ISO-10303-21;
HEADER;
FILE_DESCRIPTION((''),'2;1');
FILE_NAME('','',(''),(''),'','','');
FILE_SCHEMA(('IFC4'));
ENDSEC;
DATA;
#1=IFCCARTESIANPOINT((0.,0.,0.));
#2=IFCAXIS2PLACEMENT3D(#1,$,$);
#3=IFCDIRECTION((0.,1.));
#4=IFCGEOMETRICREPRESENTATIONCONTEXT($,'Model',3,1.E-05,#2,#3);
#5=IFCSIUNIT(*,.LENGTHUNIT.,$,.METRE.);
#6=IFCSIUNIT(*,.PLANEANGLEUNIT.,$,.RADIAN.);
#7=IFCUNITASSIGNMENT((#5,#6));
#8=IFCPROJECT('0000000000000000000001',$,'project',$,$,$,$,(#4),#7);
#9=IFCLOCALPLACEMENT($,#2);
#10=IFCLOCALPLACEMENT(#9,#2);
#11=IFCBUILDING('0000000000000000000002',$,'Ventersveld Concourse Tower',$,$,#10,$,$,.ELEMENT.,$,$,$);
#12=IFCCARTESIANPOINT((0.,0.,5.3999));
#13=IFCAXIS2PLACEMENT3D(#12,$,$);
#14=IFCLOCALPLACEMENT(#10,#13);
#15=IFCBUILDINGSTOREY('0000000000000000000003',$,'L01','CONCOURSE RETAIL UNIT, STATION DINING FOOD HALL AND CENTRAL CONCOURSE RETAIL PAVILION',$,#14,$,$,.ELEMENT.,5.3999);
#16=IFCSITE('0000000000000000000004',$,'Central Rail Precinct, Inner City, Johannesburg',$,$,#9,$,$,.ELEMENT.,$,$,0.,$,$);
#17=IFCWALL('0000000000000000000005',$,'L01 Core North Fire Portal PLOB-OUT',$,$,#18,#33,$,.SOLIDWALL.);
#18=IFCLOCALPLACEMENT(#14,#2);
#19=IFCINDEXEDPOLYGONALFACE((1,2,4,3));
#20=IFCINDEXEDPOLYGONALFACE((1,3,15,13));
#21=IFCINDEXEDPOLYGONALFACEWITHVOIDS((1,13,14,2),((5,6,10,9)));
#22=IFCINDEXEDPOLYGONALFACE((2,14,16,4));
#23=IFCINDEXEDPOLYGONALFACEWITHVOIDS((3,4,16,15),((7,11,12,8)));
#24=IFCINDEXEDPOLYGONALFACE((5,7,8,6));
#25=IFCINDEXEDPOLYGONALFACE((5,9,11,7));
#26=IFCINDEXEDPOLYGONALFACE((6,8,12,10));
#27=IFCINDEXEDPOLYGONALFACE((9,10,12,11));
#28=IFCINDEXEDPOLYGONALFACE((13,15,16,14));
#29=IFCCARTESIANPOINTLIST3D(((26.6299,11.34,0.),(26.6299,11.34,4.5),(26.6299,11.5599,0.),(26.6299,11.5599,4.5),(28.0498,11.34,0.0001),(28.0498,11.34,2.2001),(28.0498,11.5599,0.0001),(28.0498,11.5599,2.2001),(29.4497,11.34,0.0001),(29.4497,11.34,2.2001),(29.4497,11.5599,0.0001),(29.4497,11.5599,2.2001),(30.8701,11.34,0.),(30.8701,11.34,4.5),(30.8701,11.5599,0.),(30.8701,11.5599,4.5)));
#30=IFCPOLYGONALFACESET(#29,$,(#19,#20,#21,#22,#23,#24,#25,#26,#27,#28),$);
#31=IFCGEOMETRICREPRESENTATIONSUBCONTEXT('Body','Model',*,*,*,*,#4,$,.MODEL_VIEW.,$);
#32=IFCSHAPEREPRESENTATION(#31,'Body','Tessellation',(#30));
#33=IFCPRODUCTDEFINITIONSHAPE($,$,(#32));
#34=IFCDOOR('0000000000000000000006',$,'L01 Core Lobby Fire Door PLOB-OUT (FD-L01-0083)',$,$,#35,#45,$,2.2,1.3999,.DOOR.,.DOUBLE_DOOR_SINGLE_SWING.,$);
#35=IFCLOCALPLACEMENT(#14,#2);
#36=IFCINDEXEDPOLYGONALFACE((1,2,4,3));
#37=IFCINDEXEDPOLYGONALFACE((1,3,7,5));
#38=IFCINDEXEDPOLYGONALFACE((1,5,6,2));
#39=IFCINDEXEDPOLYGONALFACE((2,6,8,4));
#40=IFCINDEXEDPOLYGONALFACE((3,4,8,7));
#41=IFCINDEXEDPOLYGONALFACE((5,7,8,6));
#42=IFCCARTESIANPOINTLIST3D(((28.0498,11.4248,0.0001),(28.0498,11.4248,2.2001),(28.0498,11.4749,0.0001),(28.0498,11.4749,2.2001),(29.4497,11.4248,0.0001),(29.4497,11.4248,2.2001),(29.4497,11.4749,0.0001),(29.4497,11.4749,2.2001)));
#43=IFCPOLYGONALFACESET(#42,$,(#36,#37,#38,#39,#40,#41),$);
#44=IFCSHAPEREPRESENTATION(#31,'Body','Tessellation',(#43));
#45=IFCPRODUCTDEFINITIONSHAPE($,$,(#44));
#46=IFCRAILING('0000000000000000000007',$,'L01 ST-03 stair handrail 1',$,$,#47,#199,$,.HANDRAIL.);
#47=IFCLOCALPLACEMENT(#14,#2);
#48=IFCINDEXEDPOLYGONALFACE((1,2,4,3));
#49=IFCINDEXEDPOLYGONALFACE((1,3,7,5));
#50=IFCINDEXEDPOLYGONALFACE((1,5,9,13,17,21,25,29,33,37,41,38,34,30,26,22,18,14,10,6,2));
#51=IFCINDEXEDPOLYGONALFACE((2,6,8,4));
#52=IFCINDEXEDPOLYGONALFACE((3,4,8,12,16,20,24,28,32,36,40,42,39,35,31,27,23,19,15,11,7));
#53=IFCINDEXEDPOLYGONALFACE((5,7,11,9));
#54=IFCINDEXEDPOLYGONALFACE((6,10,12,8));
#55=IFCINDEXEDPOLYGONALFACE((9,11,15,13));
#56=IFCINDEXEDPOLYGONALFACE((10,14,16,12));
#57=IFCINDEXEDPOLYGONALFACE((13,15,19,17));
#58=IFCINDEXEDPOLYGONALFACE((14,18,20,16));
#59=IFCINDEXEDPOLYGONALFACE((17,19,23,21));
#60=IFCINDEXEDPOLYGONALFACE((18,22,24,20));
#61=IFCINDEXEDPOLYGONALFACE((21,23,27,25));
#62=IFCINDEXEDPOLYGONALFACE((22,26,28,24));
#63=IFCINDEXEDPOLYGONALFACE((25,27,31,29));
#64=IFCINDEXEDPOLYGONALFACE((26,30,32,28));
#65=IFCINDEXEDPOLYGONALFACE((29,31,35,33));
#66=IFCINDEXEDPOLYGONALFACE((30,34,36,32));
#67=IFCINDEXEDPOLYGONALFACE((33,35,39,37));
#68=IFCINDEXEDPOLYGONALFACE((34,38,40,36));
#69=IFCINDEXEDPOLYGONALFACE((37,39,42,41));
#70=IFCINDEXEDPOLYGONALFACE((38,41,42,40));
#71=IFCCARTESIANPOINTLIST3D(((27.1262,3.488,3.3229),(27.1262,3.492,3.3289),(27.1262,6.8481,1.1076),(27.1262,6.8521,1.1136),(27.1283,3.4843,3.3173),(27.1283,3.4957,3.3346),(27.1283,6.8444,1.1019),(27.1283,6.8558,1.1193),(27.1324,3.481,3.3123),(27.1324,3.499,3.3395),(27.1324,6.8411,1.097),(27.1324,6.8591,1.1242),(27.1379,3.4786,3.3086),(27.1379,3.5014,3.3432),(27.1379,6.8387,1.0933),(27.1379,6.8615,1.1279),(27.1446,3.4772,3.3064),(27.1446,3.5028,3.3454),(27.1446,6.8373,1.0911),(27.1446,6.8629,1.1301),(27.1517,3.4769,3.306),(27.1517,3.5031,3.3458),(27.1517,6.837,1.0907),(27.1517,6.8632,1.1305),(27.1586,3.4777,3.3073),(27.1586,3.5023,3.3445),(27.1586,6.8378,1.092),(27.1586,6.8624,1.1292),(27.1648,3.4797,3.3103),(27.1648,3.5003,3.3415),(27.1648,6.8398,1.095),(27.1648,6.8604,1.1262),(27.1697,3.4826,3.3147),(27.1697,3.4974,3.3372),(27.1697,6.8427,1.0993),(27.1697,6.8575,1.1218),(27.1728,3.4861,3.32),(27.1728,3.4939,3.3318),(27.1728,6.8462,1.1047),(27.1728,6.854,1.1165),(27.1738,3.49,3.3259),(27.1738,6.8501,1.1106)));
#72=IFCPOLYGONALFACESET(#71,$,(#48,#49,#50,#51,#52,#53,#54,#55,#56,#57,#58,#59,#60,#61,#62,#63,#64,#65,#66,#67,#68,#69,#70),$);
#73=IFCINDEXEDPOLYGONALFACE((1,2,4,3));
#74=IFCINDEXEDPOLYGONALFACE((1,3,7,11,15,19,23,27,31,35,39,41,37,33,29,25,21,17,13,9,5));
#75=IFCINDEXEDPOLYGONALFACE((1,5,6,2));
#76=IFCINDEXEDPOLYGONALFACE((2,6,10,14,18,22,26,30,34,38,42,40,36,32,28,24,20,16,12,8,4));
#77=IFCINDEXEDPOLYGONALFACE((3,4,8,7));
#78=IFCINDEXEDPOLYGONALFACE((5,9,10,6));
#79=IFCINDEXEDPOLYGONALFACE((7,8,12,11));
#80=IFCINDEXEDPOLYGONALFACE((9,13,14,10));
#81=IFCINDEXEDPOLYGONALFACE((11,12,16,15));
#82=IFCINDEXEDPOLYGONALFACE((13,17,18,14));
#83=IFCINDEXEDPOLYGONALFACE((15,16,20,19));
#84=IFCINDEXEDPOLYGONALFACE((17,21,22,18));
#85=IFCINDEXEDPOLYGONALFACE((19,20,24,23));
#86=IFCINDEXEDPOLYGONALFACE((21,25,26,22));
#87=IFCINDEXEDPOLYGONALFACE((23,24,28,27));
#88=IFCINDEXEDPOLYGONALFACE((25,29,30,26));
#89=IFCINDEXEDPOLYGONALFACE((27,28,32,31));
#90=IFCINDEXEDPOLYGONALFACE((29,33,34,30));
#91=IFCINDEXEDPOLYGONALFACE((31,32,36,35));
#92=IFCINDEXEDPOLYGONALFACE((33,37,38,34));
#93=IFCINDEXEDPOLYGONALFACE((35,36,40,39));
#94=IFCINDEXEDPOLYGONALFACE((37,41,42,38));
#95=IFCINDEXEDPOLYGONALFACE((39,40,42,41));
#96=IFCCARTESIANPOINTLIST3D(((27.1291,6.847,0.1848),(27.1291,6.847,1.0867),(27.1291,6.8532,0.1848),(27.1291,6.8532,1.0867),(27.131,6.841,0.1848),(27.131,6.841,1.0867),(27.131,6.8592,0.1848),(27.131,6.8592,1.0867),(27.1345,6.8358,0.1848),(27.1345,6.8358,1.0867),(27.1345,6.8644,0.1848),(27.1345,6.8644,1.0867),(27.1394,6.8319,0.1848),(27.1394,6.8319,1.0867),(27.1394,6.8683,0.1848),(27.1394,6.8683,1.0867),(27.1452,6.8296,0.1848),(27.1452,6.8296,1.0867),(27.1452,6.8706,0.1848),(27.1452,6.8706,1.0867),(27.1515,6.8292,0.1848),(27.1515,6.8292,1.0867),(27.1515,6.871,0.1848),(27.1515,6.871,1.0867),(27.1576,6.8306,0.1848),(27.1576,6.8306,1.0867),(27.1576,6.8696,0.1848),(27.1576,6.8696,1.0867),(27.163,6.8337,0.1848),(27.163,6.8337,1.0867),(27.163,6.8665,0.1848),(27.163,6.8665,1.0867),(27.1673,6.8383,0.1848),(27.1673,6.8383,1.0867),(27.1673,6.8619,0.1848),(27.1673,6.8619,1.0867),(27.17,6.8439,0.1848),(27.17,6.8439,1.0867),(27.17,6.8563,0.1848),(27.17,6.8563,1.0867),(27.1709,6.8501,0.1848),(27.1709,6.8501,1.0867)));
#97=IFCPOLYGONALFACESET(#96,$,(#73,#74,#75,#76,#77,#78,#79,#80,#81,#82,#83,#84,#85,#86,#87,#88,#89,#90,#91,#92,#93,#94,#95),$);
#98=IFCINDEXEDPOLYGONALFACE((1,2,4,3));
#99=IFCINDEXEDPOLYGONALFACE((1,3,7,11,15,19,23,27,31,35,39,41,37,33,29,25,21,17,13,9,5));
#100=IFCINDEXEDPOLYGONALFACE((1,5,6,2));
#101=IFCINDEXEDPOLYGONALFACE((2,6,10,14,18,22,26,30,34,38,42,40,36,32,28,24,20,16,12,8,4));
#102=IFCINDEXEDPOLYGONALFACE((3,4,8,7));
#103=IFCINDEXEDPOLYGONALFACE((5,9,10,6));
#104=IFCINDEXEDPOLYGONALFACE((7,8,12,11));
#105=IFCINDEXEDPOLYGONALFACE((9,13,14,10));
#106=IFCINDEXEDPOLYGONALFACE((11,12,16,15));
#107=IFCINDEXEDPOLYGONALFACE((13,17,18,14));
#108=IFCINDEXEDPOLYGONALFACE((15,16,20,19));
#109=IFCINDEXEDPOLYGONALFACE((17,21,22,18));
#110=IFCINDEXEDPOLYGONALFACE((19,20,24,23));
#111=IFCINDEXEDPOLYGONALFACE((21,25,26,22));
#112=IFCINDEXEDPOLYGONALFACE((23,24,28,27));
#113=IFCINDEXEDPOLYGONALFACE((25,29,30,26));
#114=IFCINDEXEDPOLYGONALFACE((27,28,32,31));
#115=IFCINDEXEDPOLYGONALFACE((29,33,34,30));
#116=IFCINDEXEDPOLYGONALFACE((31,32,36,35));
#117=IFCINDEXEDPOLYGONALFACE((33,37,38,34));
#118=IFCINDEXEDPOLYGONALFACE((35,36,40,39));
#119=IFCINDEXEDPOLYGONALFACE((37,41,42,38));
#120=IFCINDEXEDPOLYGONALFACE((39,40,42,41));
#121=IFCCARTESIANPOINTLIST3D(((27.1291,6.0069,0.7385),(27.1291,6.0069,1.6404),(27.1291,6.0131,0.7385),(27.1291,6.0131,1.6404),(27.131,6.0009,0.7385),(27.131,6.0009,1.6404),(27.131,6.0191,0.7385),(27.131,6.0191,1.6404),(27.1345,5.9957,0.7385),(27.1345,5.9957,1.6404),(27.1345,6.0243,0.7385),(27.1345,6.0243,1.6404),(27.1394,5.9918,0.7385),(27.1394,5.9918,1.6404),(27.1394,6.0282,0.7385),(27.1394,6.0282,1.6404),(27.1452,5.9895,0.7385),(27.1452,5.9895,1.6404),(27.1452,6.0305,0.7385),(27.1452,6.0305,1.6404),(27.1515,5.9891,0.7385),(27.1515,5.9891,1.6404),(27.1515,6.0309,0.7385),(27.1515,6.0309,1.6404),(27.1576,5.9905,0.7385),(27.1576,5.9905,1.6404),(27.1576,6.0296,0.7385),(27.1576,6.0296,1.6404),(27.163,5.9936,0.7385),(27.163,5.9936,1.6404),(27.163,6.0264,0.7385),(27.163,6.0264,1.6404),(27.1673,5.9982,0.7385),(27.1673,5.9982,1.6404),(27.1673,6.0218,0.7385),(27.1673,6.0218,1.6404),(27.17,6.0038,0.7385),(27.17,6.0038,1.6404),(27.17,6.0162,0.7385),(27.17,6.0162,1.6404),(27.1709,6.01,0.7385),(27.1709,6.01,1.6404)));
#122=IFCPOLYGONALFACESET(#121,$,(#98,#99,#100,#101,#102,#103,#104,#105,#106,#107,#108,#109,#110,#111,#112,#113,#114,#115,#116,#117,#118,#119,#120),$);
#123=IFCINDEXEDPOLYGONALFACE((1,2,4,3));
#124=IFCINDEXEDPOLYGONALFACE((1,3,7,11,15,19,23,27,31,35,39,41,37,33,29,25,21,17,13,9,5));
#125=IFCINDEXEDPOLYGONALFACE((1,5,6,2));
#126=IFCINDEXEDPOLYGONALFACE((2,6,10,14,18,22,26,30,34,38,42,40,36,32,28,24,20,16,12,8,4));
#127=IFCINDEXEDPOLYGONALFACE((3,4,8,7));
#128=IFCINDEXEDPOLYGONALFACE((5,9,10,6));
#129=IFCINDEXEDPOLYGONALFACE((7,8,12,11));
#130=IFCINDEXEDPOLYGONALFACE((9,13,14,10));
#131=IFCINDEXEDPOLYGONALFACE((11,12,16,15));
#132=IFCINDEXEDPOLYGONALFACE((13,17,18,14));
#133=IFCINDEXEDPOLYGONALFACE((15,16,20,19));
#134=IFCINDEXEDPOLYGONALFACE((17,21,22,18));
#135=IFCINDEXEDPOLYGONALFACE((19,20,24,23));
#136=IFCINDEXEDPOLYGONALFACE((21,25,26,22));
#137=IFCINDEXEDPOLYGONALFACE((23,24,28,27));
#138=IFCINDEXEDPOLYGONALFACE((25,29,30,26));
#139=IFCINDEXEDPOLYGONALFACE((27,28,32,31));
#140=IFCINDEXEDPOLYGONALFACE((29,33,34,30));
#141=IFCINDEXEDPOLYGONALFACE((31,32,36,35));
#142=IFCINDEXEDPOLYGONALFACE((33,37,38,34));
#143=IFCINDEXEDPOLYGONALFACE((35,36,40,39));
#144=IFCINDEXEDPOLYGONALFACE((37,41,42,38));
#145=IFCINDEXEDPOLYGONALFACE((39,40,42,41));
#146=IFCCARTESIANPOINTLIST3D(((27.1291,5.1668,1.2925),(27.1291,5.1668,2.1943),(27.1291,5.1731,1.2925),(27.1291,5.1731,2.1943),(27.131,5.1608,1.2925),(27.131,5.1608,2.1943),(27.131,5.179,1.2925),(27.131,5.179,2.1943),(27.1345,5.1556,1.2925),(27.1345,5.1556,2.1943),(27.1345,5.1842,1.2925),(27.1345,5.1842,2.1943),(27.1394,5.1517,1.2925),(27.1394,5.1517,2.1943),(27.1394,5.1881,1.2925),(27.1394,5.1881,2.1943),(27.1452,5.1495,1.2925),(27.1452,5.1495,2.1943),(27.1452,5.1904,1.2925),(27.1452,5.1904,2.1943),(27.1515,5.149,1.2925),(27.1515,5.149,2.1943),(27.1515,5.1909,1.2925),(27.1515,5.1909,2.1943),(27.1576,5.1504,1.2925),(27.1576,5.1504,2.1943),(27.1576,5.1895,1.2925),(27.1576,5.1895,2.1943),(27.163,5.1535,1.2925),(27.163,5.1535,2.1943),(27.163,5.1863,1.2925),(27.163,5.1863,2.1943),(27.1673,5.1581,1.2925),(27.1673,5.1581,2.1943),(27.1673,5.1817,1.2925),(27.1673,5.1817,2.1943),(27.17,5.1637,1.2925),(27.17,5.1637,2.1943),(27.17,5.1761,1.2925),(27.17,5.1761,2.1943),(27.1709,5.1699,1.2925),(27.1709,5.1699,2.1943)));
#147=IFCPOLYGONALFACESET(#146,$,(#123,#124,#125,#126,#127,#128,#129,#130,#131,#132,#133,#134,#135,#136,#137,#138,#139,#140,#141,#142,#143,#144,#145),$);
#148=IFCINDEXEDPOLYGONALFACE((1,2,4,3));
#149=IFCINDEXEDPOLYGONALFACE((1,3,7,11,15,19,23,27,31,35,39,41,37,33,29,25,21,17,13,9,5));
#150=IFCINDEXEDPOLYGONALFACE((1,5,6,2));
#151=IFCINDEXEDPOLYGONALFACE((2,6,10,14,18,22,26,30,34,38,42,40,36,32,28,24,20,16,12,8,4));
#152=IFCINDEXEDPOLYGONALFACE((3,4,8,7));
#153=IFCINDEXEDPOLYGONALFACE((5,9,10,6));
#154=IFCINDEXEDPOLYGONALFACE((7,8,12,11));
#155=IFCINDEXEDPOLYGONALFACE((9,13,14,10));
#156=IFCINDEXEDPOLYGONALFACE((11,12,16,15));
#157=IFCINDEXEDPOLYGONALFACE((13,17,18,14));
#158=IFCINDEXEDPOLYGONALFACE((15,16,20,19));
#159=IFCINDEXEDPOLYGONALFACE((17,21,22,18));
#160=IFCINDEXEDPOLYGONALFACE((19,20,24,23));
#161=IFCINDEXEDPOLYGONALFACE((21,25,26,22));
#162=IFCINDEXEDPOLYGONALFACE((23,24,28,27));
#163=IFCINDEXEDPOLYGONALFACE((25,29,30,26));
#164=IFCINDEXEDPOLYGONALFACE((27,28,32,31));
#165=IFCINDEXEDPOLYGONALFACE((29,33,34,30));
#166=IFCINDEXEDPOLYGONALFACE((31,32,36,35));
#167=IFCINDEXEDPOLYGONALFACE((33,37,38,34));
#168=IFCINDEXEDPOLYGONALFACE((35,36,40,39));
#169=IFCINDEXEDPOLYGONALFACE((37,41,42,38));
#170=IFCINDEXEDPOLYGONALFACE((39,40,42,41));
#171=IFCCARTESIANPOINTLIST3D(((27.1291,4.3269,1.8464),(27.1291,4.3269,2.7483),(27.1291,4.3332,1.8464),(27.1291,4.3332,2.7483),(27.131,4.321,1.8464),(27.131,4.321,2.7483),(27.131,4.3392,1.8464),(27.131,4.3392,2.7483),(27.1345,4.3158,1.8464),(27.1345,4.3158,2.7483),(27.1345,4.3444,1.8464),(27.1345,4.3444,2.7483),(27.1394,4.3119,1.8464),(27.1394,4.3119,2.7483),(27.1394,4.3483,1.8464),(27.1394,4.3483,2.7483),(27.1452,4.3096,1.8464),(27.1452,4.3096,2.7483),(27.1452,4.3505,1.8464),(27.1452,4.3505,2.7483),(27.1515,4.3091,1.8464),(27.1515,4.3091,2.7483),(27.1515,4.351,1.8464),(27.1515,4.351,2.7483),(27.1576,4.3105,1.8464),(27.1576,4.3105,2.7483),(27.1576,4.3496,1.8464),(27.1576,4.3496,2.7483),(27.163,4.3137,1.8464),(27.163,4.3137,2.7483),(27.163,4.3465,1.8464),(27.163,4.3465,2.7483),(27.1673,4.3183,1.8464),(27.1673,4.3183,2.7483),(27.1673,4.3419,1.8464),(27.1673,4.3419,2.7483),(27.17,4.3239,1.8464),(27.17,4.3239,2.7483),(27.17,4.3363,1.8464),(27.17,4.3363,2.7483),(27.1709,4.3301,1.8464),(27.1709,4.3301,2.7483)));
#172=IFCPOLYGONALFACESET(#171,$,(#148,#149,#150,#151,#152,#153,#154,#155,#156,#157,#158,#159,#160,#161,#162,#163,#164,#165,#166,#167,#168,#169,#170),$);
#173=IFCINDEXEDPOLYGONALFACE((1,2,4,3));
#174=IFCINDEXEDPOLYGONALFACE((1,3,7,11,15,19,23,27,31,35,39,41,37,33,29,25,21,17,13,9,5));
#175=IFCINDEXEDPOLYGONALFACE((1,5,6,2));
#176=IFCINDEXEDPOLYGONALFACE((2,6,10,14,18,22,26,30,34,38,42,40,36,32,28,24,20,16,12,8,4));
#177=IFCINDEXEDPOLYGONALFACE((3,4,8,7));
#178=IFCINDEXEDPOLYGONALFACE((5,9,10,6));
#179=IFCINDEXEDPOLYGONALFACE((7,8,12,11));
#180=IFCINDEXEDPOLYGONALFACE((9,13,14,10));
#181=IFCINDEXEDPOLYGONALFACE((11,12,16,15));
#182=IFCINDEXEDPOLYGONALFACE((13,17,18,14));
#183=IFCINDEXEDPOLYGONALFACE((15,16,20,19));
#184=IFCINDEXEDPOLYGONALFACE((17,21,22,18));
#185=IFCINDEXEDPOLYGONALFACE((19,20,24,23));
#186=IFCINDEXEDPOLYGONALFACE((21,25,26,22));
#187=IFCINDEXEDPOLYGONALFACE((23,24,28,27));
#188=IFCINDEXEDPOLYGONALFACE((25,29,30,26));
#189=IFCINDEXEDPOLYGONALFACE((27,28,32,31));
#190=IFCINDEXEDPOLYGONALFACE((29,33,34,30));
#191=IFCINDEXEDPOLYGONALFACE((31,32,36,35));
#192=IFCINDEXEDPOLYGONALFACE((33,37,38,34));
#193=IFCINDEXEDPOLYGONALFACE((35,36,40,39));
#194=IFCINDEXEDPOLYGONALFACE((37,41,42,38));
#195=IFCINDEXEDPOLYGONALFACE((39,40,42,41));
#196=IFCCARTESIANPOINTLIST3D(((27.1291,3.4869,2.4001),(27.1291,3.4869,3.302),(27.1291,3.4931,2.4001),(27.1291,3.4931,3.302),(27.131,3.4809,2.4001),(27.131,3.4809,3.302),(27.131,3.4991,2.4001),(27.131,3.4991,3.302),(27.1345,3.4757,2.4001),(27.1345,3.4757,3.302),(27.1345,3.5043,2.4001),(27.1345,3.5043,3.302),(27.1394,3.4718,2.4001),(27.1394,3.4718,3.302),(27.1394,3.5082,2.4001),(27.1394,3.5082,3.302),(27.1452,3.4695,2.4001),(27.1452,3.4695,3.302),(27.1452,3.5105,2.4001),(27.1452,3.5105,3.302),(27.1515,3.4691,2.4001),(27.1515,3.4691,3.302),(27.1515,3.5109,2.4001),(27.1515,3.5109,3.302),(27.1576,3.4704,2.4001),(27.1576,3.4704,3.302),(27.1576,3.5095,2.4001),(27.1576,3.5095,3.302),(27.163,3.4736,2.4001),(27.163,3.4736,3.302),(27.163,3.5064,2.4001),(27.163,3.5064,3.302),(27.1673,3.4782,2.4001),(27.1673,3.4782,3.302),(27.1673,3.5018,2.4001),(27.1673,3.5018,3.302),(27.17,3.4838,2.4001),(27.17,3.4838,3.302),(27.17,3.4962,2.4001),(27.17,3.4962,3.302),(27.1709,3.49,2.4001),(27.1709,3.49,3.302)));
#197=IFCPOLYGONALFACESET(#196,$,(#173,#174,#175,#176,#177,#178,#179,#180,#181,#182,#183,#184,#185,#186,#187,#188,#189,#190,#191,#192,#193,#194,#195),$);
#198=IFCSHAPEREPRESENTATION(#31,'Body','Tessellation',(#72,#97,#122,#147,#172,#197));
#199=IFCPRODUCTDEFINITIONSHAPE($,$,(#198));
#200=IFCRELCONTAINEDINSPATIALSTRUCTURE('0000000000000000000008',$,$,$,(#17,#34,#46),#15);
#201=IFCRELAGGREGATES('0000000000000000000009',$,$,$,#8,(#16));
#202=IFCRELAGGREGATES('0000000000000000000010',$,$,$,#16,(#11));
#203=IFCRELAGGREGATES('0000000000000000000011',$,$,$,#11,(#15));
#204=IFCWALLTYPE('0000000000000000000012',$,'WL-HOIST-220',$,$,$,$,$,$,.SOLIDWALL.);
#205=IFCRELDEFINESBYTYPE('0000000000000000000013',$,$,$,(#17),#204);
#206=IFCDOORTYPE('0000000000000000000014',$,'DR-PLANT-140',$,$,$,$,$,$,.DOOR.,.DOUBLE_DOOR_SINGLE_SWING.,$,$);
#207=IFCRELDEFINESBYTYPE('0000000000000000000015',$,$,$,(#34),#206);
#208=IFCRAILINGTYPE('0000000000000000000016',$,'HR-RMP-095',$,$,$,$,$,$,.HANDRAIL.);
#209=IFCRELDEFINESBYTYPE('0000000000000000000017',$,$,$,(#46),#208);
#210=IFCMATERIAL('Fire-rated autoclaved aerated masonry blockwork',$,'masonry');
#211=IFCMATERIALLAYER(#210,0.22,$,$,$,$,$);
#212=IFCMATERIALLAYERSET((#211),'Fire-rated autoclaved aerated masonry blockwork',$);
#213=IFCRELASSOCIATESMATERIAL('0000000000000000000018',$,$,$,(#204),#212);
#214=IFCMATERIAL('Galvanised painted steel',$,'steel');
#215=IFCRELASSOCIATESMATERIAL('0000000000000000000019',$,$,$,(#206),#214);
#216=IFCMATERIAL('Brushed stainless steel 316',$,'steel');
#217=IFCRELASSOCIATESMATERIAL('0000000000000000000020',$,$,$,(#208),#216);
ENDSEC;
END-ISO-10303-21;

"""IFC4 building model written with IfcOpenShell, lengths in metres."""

from ifc_helpers import new_model, si_unit, direction, frame, frame_2d, origin, origin_2d, place, context, subcontext, project, spatial, rectangle, circle, extrude, material, layer, layer_set, type_object, element, fill, save


model = new_model("IFC4")

# Units and contexts
model_context = context("Model", 3, precision=1e-05, world=origin(), true_north=direction((0.0, 1.0)))
body_context = subcontext(model_context, "Body", "Model", "MODEL_VIEW")
ifc_project = project(units=[si_unit("LENGTHUNIT", "METRE"), si_unit("PLANEANGLEUNIT", "RADIAN")], contexts=[model_context])

# Site, building, storey
site_placement = place(None, origin())
site = spatial("IfcSite", under=ifc_project, at=site_placement, Name="Central Rail Precinct, Inner City, Johannesburg", CompositionType="ELEMENT", RefElevation=0.0)
building_placement = place(site_placement, origin())
building = spatial("IfcBuilding", under=site, at=building_placement, Name="Ventersveld Concourse Tower", CompositionType="ELEMENT")
storey_placement = place(building_placement, frame((0.0, 0.0, 5.3999)))
storey = spatial("IfcBuildingStorey", under=building, at=storey_placement, Name="L01", Description="CONCOURSE RETAIL UNIT, STATION DINING FOOD HALL AND CENTRAL CONCOURSE RETAIL PAVILION", CompositionType="ELEMENT", Elevation=5.3999)

# Shared definitions
ifc_material_1 = material(Name="Fire-rated autoclaved aerated masonry blockwork", Category="masonry")
ifc_layer_1 = layer(ifc_material_1, 0.22)
ifc_layer_set_1 = layer_set([ifc_layer_1], Name="Fire-rated autoclaved aerated masonry blockwork")
wall_type_1 = type_object("IfcWallType", Name="WL-HOIST-220", PredefinedType="SOLIDWALL", material=ifc_layer_set_1)

# Wall, opening, door
ifc_material_2 = material(Name="Galvanised painted steel", Category="steel")
wall_1_placement = place(storey_placement, frame((26.6299, 11.45, 0.0), z_axis=(0.0, 0.0, 1.0), x_axis=(1.0, 0.0, 0.0)))
wall_1 = element("IfcWall", 1, at=wall_1_placement, inside=storey, type_object=wall_type_1, Name="L01 Core North Fire Portal PLOB-OUT", PredefinedType="SOLIDWALL", context=body_context, shape_type="SweptSolid", body=[
    extrude(rectangle(XDim=4.2402, YDim=0.22, at=frame_2d((2.1201, 0.0))), origin(), (0.0, 0.0, 1.0), 4.5),
])
opening_1_placement = place(wall_1_placement, frame((1.4199, 0.0, 0.0)))
opening_1 = element("IfcOpeningElement", 2, at=opening_1_placement, cuts=wall_1, PredefinedType="OPENING", context=body_context, shape_type="SweptSolid", body=[
    extrude(rectangle(XDim=1.3999, YDim=2.2, at=frame_2d((0.7, 1.1001))), frame((0.0, 0.1201, 0.0), z_axis=(0.0, -1.0, 0.0), x_axis=(1.0, 0.0, 0.0)), (0.0, 0.0, 1.0), 0.24),
])
door_type_1 = type_object("IfcDoorType", Name="DR-PLANT-140", OperationType="DOUBLE_DOOR_SINGLE_SWING", PredefinedType="DOOR", material=ifc_material_2)
door_1_placement = place(opening_1_placement, origin())
door_1 = element("IfcDoor", 3, at=door_1_placement, inside=storey, type_object=door_type_1, Name="L01 Core Lobby Fire Door PLOB-OUT (FD-L01-0083)", OperationType="DOUBLE_DOOR_SINGLE_SWING", OverallHeight=2.2, OverallWidth=1.3999, PredefinedType="DOOR", context=body_context, shape_type="SweptSolid", body=[
    extrude(rectangle(XDim=1.3999, YDim=2.2, at=frame_2d((0.7, 1.1001))), frame((0.0, 0.0249, 0.0), z_axis=(0.0, -1.0, 0.0), x_axis=(1.0, 0.0, 0.0)), (0.0, 0.0, 1.0), 0.05),
])
fill(opening_1, door_1)

# Railing
ifc_material_3 = material(Name="Brushed stainless steel 316", Category="steel")
railing_type = type_object("IfcRailingType", Name="HR-RMP-095", PredefinedType="HANDRAIL", material=ifc_material_3)
railing_placement = place(storey_placement, frame((27.1499, 6.8501, 0.1848)))
element("IfcRailing", 4, at=railing_placement, inside=storey, type_object=railing_type, Name="L01 ST-03 stair handrail 1", PredefinedType="HANDRAIL", context=body_context, shape_type="SweptSolid", body=[
    extrude(circle(Radius=0.0239, at=origin_2d()), frame((0.0, 0.0, 0.9258), z_axis=(0.0, -0.834876, 0.550437), x_axis=(1.0, 0.0, 0.0)), (0.0, 0.0, 1.0), 4.0247),
    extrude(circle(Radius=0.021, at=origin_2d()), origin(), (0.0, 0.0, 1.0), 0.9019),
    extrude(circle(Radius=0.021, at=origin_2d()), frame((0.0, -0.8401, 0.5537)), (0.0, 0.0, 1.0), 0.9019),
    extrude(circle(Radius=0.021, at=origin_2d()), frame((0.0, -1.6802, 1.1077)), (0.0, 0.0, 1.0), 0.9019),
    extrude(circle(Radius=0.021, at=origin_2d()), frame((0.0, -2.52, 1.6616)), (0.0, 0.0, 1.0), 0.9019),
    extrude(circle(Radius=0.021, at=origin_2d()), frame((0.0, -3.3601, 2.2153)), (0.0, 0.0, 1.0), 0.9019),
])

save(model, "model.ifc")
